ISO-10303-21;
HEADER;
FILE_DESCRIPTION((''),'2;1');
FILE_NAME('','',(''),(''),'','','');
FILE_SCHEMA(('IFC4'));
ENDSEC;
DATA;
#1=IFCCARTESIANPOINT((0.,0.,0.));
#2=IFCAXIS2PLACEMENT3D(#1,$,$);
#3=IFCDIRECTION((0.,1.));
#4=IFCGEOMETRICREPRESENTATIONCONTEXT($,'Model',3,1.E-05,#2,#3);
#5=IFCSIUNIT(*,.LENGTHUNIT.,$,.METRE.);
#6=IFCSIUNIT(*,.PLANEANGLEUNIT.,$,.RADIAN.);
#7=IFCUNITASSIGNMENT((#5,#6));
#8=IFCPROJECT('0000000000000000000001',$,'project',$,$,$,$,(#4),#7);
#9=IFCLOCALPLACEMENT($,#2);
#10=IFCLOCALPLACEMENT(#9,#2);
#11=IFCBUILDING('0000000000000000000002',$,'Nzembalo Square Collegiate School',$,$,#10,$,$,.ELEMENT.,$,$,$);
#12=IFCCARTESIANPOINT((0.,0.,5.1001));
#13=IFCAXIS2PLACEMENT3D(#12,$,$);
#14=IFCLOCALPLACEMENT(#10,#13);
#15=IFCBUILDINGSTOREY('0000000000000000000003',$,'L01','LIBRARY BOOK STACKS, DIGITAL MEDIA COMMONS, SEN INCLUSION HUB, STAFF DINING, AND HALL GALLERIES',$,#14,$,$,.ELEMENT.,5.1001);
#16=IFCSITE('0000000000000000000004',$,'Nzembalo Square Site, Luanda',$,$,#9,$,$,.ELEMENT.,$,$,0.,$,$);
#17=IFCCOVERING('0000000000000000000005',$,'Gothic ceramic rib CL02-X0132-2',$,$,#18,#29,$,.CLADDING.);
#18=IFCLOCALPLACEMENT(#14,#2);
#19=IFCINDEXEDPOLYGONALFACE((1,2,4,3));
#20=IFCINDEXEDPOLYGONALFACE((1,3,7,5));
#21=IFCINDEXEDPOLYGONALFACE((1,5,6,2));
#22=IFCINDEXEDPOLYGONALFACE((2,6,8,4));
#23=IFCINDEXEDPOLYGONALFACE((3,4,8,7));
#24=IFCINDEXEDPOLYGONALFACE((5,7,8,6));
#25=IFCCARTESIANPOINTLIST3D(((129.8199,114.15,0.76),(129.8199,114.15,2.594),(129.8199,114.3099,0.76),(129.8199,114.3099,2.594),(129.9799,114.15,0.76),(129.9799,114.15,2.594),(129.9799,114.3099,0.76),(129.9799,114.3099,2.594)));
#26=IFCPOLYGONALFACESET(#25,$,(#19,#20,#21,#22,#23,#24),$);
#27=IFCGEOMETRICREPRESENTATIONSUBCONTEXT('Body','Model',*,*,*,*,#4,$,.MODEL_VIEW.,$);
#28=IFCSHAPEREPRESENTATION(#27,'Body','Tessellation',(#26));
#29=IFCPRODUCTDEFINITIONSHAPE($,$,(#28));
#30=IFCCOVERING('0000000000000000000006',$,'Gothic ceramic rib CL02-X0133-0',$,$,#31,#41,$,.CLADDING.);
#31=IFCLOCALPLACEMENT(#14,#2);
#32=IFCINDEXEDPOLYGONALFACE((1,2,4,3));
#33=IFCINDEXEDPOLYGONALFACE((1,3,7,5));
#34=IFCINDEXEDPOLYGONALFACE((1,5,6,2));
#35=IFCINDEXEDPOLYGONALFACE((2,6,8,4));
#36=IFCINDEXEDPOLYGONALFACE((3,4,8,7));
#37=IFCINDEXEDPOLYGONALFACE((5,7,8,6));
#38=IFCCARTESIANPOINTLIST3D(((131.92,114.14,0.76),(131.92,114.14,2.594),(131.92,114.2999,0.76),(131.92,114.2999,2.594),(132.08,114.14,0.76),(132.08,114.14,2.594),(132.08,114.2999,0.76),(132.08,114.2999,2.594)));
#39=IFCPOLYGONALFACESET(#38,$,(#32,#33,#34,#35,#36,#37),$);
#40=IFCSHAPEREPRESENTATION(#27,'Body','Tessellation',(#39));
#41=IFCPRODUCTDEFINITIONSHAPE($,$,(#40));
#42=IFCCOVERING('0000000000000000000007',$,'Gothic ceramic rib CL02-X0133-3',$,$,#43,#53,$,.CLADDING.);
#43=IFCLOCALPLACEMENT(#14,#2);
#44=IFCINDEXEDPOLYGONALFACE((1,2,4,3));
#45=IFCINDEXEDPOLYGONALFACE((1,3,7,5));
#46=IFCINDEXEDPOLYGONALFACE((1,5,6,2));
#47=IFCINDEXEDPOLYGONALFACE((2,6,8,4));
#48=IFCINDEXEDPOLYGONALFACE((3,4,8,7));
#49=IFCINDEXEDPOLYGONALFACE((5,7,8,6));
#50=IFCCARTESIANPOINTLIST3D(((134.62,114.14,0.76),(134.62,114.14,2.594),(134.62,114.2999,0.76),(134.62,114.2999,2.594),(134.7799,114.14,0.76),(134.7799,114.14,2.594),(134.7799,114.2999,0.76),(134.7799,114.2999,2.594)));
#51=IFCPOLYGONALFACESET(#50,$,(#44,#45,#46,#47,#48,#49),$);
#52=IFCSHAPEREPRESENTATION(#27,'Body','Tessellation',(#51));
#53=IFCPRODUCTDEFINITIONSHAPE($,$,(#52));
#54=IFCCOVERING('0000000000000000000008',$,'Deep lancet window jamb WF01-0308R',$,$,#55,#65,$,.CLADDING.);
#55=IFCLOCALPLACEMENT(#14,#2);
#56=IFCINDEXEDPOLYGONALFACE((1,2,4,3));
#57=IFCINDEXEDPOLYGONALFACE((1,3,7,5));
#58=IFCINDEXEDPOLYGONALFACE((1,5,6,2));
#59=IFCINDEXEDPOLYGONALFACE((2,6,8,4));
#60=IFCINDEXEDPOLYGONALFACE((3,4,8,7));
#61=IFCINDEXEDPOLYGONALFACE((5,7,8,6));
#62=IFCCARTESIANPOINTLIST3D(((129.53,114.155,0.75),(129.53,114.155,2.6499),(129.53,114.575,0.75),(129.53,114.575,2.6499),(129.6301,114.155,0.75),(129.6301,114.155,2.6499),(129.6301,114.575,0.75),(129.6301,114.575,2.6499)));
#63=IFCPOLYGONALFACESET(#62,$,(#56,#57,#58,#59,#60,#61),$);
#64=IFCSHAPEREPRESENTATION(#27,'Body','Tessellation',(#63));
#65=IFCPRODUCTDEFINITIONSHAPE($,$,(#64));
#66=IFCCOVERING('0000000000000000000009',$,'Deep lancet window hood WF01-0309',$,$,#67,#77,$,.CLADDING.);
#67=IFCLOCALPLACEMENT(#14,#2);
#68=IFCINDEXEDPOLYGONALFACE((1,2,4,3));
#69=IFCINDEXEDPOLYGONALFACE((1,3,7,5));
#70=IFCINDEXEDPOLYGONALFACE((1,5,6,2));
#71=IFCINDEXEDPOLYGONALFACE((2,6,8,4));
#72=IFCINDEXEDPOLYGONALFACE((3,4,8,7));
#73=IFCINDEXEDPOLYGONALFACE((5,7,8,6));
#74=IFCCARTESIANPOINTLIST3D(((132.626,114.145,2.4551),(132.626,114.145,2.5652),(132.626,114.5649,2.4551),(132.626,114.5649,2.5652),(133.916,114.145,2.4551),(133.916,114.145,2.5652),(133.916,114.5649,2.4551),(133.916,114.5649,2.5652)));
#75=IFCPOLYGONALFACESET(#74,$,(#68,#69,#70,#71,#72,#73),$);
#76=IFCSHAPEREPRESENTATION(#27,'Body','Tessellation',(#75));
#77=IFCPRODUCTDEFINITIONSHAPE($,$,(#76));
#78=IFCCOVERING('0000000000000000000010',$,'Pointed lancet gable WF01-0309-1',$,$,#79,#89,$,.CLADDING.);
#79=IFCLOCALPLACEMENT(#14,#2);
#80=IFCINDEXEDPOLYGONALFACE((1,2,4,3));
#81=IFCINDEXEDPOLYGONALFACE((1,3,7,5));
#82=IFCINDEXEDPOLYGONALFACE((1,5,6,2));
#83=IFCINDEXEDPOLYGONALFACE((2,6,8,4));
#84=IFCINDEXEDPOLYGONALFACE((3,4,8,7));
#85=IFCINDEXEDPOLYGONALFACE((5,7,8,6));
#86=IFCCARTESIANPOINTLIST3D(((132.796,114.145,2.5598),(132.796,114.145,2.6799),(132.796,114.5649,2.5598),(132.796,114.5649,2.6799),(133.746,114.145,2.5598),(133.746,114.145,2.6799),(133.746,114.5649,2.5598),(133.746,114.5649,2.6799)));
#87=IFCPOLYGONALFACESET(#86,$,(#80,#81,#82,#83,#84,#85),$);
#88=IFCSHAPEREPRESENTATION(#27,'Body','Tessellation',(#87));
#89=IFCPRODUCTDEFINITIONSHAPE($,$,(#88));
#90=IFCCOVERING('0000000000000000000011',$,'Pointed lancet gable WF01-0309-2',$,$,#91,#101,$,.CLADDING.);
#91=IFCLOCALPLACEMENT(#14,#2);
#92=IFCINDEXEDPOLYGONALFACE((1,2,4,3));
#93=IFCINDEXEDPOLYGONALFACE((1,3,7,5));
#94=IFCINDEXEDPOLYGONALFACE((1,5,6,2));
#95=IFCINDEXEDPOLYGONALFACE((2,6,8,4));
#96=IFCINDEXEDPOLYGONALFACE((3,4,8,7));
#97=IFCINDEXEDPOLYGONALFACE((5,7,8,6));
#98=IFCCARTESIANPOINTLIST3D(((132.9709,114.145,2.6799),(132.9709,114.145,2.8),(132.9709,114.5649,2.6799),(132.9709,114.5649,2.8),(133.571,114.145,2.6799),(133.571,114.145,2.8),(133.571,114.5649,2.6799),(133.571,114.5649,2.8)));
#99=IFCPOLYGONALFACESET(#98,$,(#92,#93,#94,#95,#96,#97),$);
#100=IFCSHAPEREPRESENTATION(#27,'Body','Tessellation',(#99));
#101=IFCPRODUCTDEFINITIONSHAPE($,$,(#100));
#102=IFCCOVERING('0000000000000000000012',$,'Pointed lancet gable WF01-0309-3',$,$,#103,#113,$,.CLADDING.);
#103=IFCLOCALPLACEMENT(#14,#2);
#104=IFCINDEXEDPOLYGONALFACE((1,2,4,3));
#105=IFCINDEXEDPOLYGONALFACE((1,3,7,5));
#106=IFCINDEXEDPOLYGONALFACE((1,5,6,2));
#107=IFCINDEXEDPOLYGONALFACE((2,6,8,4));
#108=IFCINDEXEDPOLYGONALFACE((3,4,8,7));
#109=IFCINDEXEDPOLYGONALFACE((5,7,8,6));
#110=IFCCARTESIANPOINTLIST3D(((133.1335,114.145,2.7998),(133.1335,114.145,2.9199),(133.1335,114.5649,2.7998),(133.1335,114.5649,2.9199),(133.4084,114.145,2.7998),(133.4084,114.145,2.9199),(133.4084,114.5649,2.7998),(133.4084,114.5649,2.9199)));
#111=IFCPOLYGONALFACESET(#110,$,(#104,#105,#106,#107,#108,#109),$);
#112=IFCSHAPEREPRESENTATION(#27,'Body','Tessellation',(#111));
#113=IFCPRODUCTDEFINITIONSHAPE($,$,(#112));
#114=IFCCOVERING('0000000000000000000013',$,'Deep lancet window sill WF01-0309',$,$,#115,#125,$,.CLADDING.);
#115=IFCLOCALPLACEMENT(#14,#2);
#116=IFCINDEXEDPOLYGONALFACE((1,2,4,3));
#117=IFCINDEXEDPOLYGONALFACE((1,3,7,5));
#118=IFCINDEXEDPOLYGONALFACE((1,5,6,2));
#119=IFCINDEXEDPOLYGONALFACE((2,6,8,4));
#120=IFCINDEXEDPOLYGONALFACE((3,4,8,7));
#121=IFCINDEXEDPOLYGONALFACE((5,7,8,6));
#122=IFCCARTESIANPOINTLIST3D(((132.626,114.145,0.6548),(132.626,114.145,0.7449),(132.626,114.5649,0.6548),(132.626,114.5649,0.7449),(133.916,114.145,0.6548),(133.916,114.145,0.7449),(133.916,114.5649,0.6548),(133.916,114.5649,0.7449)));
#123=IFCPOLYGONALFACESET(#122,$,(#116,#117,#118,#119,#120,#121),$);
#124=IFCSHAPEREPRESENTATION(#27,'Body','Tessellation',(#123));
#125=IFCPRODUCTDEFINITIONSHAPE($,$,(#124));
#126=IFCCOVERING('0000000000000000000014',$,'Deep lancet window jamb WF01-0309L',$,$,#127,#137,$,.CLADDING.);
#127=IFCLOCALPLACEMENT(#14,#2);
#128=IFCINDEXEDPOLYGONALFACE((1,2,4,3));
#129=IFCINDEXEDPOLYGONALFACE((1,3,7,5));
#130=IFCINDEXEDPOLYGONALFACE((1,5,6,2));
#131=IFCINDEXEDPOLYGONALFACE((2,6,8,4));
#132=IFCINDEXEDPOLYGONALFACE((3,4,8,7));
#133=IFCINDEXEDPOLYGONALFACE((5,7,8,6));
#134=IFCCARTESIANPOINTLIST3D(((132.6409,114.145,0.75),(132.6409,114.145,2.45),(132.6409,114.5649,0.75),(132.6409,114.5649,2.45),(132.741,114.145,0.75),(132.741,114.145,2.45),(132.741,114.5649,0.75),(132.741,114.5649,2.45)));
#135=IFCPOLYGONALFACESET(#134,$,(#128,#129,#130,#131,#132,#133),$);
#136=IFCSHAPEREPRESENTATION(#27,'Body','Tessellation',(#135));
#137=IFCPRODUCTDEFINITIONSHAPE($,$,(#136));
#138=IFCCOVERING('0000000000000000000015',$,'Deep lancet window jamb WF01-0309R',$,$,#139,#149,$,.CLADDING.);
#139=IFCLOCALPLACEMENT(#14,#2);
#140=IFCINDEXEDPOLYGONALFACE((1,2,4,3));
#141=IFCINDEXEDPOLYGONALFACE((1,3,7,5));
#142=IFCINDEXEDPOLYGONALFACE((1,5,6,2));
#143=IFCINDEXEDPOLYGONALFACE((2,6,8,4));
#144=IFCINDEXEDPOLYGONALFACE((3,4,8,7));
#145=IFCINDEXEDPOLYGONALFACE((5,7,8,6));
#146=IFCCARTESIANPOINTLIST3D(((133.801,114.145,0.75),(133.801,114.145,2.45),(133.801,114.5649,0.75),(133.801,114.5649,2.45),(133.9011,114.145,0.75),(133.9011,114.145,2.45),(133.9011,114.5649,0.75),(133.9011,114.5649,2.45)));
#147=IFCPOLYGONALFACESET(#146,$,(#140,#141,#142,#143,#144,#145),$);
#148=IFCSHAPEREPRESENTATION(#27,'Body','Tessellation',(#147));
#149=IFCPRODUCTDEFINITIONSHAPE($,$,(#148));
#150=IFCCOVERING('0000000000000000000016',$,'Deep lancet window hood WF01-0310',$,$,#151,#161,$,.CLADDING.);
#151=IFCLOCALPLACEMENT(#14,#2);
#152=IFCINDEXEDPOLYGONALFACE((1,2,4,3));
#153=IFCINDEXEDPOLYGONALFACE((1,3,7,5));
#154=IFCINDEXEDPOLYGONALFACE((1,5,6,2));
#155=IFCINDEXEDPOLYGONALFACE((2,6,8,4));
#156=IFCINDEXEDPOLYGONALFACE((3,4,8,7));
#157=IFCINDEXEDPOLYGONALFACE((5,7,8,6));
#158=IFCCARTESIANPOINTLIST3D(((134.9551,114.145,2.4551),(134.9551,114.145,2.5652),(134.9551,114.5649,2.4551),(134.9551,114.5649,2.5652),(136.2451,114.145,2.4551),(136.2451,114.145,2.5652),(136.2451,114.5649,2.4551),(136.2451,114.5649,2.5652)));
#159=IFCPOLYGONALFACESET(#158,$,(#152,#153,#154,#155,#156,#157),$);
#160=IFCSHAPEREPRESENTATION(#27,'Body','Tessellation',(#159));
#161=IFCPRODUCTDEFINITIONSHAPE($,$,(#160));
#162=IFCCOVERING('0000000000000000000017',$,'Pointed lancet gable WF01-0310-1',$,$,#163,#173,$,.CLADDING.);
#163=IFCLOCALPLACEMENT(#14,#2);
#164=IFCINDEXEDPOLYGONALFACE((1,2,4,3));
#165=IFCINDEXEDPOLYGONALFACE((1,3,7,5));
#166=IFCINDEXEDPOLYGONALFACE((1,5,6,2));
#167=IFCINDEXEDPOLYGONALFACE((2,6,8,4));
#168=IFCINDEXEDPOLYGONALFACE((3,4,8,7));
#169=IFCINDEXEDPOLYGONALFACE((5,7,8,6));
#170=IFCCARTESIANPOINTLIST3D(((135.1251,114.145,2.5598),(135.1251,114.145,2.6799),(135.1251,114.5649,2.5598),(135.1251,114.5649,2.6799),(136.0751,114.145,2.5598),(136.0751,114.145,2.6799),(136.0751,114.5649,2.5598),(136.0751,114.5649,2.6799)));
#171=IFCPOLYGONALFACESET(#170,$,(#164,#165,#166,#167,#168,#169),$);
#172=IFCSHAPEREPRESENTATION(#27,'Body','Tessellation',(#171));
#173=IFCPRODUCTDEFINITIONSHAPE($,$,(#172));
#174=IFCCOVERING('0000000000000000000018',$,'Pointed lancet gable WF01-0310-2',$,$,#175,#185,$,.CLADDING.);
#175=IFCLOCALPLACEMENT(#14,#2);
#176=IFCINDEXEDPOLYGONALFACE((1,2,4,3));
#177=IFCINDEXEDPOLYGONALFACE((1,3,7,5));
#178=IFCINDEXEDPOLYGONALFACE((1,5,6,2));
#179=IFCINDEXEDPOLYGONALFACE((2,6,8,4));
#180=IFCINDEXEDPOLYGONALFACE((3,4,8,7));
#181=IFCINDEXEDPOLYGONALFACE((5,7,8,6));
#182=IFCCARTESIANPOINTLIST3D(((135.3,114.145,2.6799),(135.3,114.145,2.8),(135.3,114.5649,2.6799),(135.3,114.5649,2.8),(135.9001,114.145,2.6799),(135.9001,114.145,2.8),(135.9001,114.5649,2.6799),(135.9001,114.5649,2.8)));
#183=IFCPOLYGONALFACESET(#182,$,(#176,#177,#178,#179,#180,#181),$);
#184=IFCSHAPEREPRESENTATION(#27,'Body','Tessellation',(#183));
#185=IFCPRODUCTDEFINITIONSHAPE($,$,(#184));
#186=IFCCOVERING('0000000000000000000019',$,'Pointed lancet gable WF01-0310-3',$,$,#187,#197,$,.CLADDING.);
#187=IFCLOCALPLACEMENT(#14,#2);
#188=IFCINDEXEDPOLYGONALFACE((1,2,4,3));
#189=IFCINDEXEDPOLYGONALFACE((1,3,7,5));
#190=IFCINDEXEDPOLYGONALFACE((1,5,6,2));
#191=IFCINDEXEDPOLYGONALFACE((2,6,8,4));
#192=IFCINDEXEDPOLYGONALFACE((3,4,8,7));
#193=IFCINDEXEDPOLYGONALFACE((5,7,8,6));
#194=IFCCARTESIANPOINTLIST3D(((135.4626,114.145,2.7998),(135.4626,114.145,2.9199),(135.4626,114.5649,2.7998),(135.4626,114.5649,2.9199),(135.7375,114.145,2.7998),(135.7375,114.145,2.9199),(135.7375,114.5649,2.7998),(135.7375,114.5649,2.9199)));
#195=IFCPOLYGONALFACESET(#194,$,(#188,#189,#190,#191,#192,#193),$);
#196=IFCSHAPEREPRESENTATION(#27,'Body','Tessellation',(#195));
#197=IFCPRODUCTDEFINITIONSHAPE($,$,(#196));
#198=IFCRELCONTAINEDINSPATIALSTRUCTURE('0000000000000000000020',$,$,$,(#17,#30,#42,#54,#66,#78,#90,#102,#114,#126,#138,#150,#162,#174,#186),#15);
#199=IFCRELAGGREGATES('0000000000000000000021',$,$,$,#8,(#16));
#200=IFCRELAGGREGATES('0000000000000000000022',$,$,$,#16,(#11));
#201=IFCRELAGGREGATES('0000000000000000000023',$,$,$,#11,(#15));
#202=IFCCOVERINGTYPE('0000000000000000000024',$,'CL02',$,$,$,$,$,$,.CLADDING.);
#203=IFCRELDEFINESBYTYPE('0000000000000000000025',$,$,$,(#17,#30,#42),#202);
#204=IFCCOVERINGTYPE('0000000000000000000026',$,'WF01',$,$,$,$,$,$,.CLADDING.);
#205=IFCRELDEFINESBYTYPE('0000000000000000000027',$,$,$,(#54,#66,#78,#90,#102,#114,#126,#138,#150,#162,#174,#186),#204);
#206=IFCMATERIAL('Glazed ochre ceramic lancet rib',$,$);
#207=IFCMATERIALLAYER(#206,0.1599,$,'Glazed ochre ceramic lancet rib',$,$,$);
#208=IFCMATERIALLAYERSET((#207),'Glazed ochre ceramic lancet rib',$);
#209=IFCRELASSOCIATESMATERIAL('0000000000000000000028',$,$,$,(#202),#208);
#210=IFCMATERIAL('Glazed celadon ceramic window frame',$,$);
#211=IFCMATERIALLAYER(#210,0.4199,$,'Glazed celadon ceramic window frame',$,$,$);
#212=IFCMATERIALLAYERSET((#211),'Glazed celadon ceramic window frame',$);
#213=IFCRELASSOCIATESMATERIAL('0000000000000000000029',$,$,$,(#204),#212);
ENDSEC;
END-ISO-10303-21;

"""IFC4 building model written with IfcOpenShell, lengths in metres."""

from ifc_helpers import new_model, si_unit, direction, frame, origin, origin_2d, place, context, subcontext, project, spatial, rectangle, extrude, material, layer, layer_set, type_object, element, save


model = new_model("IFC4")

# Units and contexts
model_context = context("Model", 3, precision=1e-05, world=origin(), true_north=direction((0.0, 1.0)))
body_context = subcontext(model_context, "Body", "Model", "MODEL_VIEW")
ifc_project = project(units=[si_unit("LENGTHUNIT", "METRE"), si_unit("PLANEANGLEUNIT", "RADIAN")], contexts=[model_context])

# Site, building, storey
site_placement = place(None, origin())
site = spatial("IfcSite", under=ifc_project, at=site_placement, Name="Nzembalo Square Site, Luanda", CompositionType="ELEMENT", RefElevation=0.0)
building_placement = place(site_placement, origin())
building = spatial("IfcBuilding", under=site, at=building_placement, Name="Nzembalo Square Collegiate School", CompositionType="ELEMENT")
storey_placement = place(building_placement, frame((0.0, 0.0, 5.1001)))
storey = spatial("IfcBuildingStorey", under=building, at=storey_placement, Name="L01", Description="LIBRARY BOOK STACKS, DIGITAL MEDIA COMMONS, SEN INCLUSION HUB, STAFF DINING, AND HALL GALLERIES", CompositionType="ELEMENT", Elevation=5.1001)

# Coverings
ifc_material_1 = material(Name="Glazed ochre ceramic lancet rib")
ifc_layer_1 = layer(ifc_material_1, 0.1599, Name="Glazed ochre ceramic lancet rib")
ifc_layer_set_1 = layer_set([ifc_layer_1], Name="Glazed ochre ceramic lancet rib")
covering_type_1 = type_object("IfcCoveringType", Name="CL02", PredefinedType="CLADDING", material=ifc_layer_set_1)
for number, where, z_axis, x_axis, name in (
    (1, (129.8999, 114.23, 0.76), (0.0, 0.0, 1.0), (1.0, 0.0, 0.0), "Gothic ceramic rib CL02-X0132-2"),
    (2, (132.0, 114.22, 0.76), (0.0, 0.0, 1.0), (1.0, 0.0, 0.0), "Gothic ceramic rib CL02-X0133-0"),
    (3, (134.7, 114.22, 0.76), (0.0, 0.0, 1.0), (1.0, 0.0, 0.0), "Gothic ceramic rib CL02-X0133-3"),
):
    element("IfcCovering", number, at=place(storey_placement, frame(where, z_axis=z_axis, x_axis=x_axis)), inside=storey, type_object=covering_type_1, Name=name, PredefinedType="CLADDING", context=body_context, shape_type="SweptSolid", body=[
        extrude(rectangle(XDim=0.1599, YDim=0.1599, at=origin_2d()), origin(), (0.0, 0.0, 1.0), 1.834),
    ])
ifc_material_2 = material(Name="Glazed celadon ceramic window frame")
ifc_layer_2 = layer(ifc_material_2, 0.4199, Name="Glazed celadon ceramic window frame")
ifc_layer_set_2 = layer_set([ifc_layer_2], Name="Glazed celadon ceramic window frame")
covering_type_2 = type_object("IfcCoveringType", Name="WF01", PredefinedType="CLADDING", material=ifc_layer_set_2)
covering_1_placement = place(storey_placement, frame((129.5801, 114.365, 0.75), z_axis=(0.0, 0.0, 1.0), x_axis=(1.0, 0.0, 0.0)))
element("IfcCovering", 4, at=covering_1_placement, inside=storey, type_object=covering_type_2, Name="Deep lancet window jamb WF01-0308R", PredefinedType="CLADDING", context=body_context, shape_type="SweptSolid", body=[
    extrude(rectangle(XDim=0.1001, YDim=0.4199, at=origin_2d()), origin(), (0.0, 0.0, 1.0), 1.8999),
])
covering_2_placement = place(storey_placement, frame((133.271, 114.355, 2.4551), z_axis=(0.0, 0.0, 1.0), x_axis=(1.0, 0.0, 0.0)))
element("IfcCovering", 5, at=covering_2_placement, inside=storey, type_object=covering_type_2, Name="Deep lancet window hood WF01-0309", PredefinedType="CLADDING", context=body_context, shape_type="SweptSolid", body=[
    extrude(rectangle(XDim=1.29, YDim=0.4199, at=origin_2d()), origin(), (0.0, 0.0, 1.0), 0.1101),
])
covering_3_placement = place(storey_placement, frame((133.271, 114.355, 2.5598), z_axis=(0.0, 0.0, 1.0), x_axis=(1.0, 0.0, 0.0)))
element("IfcCovering", 6, at=covering_3_placement, inside=storey, type_object=covering_type_2, Name="Pointed lancet gable WF01-0309-1", PredefinedType="CLADDING", context=body_context, shape_type="SweptSolid", body=[
    extrude(rectangle(XDim=0.95, YDim=0.4199, at=origin_2d()), origin(), (0.0, 0.0, 1.0), 0.1201),
])
covering_4_placement = place(storey_placement, frame((133.271, 114.355, 2.6799), z_axis=(0.0, 0.0, 1.0), x_axis=(1.0, 0.0, 0.0)))
element("IfcCovering", 7, at=covering_4_placement, inside=storey, type_object=covering_type_2, Name="Pointed lancet gable WF01-0309-2", PredefinedType="CLADDING", context=body_context, shape_type="SweptSolid", body=[
    extrude(rectangle(XDim=0.6001, YDim=0.4199, at=origin_2d()), origin(), (0.0, 0.0, 1.0), 0.1201),
])
covering_5_placement = place(storey_placement, frame((133.271, 114.355, 2.7998), z_axis=(0.0, 0.0, 1.0), x_axis=(1.0, 0.0, 0.0)))
element("IfcCovering", 8, at=covering_5_placement, inside=storey, type_object=covering_type_2, Name="Pointed lancet gable WF01-0309-3", PredefinedType="CLADDING", context=body_context, shape_type="SweptSolid", body=[
    extrude(rectangle(XDim=0.2749, YDim=0.4199, at=origin_2d()), origin(), (0.0, 0.0, 1.0), 0.1201),
])
covering_6_placement = place(storey_placement, frame((133.271, 114.355, 0.6548), z_axis=(0.0, 0.0, 1.0), x_axis=(1.0, 0.0, 0.0)))
element("IfcCovering", 9, at=covering_6_placement, inside=storey, type_object=covering_type_2, Name="Deep lancet window sill WF01-0309", PredefinedType="CLADDING", context=body_context, shape_type="SweptSolid", body=[
    extrude(rectangle(XDim=1.29, YDim=0.4199, at=origin_2d()), origin(), (0.0, 0.0, 1.0), 0.0901),
])
for number, where, z_axis, x_axis, name in (
    (10, (132.6909, 114.355, 0.75), (0.0, 0.0, 1.0), (1.0, 0.0, 0.0), "Deep lancet window jamb WF01-0309L"),
    (11, (133.8511, 114.355, 0.75), (0.0, 0.0, 1.0), (1.0, 0.0, 0.0), "Deep lancet window jamb WF01-0309R"),
):
    element("IfcCovering", number, at=place(storey_placement, frame(where, z_axis=z_axis, x_axis=x_axis)), inside=storey, type_object=covering_type_2, Name=name, PredefinedType="CLADDING", context=body_context, shape_type="SweptSolid", body=[
        extrude(rectangle(XDim=0.1001, YDim=0.4199, at=origin_2d()), origin(), (0.0, 0.0, 1.0), 1.7),
    ])
covering_7_placement = place(storey_placement, frame((135.6001, 114.355, 2.4551), z_axis=(0.0, 0.0, 1.0), x_axis=(1.0, 0.0, 0.0)))
element("IfcCovering", 12, at=covering_7_placement, inside=storey, type_object=covering_type_2, Name="Deep lancet window hood WF01-0310", PredefinedType="CLADDING", context=body_context, shape_type="SweptSolid", body=[
    extrude(rectangle(XDim=1.29, YDim=0.4199, at=origin_2d()), origin(), (0.0, 0.0, 1.0), 0.1101),
])
covering_8_placement = place(storey_placement, frame((135.6001, 114.355, 2.5598), z_axis=(0.0, 0.0, 1.0), x_axis=(1.0, 0.0, 0.0)))
element("IfcCovering", 13, at=covering_8_placement, inside=storey, type_object=covering_type_2, Name="Pointed lancet gable WF01-0310-1", PredefinedType="CLADDING", context=body_context, shape_type="SweptSolid", body=[
    extrude(rectangle(XDim=0.95, YDim=0.4199, at=origin_2d()), origin(), (0.0, 0.0, 1.0), 0.1201),
])
covering_9_placement = place(storey_placement, frame((135.6001, 114.355, 2.6799), z_axis=(0.0, 0.0, 1.0), x_axis=(1.0, 0.0, 0.0)))
element("IfcCovering", 14, at=covering_9_placement, inside=storey, type_object=covering_type_2, Name="Pointed lancet gable WF01-0310-2", PredefinedType="CLADDING", context=body_context, shape_type="SweptSolid", body=[
    extrude(rectangle(XDim=0.6001, YDim=0.4199, at=origin_2d()), origin(), (0.0, 0.0, 1.0), 0.1201),
])
covering_10_placement = place(storey_placement, frame((135.6001, 114.355, 2.7998), z_axis=(0.0, 0.0, 1.0), x_axis=(1.0, 0.0, 0.0)))
element("IfcCovering", 15, at=covering_10_placement, inside=storey, type_object=covering_type_2, Name="Pointed lancet gable WF01-0310-3", PredefinedType="CLADDING", context=body_context, shape_type="SweptSolid", body=[
    extrude(rectangle(XDim=0.2749, YDim=0.4199, at=origin_2d()), origin(), (0.0, 0.0, 1.0), 0.1201),
])

save(model, "model.ifc")
